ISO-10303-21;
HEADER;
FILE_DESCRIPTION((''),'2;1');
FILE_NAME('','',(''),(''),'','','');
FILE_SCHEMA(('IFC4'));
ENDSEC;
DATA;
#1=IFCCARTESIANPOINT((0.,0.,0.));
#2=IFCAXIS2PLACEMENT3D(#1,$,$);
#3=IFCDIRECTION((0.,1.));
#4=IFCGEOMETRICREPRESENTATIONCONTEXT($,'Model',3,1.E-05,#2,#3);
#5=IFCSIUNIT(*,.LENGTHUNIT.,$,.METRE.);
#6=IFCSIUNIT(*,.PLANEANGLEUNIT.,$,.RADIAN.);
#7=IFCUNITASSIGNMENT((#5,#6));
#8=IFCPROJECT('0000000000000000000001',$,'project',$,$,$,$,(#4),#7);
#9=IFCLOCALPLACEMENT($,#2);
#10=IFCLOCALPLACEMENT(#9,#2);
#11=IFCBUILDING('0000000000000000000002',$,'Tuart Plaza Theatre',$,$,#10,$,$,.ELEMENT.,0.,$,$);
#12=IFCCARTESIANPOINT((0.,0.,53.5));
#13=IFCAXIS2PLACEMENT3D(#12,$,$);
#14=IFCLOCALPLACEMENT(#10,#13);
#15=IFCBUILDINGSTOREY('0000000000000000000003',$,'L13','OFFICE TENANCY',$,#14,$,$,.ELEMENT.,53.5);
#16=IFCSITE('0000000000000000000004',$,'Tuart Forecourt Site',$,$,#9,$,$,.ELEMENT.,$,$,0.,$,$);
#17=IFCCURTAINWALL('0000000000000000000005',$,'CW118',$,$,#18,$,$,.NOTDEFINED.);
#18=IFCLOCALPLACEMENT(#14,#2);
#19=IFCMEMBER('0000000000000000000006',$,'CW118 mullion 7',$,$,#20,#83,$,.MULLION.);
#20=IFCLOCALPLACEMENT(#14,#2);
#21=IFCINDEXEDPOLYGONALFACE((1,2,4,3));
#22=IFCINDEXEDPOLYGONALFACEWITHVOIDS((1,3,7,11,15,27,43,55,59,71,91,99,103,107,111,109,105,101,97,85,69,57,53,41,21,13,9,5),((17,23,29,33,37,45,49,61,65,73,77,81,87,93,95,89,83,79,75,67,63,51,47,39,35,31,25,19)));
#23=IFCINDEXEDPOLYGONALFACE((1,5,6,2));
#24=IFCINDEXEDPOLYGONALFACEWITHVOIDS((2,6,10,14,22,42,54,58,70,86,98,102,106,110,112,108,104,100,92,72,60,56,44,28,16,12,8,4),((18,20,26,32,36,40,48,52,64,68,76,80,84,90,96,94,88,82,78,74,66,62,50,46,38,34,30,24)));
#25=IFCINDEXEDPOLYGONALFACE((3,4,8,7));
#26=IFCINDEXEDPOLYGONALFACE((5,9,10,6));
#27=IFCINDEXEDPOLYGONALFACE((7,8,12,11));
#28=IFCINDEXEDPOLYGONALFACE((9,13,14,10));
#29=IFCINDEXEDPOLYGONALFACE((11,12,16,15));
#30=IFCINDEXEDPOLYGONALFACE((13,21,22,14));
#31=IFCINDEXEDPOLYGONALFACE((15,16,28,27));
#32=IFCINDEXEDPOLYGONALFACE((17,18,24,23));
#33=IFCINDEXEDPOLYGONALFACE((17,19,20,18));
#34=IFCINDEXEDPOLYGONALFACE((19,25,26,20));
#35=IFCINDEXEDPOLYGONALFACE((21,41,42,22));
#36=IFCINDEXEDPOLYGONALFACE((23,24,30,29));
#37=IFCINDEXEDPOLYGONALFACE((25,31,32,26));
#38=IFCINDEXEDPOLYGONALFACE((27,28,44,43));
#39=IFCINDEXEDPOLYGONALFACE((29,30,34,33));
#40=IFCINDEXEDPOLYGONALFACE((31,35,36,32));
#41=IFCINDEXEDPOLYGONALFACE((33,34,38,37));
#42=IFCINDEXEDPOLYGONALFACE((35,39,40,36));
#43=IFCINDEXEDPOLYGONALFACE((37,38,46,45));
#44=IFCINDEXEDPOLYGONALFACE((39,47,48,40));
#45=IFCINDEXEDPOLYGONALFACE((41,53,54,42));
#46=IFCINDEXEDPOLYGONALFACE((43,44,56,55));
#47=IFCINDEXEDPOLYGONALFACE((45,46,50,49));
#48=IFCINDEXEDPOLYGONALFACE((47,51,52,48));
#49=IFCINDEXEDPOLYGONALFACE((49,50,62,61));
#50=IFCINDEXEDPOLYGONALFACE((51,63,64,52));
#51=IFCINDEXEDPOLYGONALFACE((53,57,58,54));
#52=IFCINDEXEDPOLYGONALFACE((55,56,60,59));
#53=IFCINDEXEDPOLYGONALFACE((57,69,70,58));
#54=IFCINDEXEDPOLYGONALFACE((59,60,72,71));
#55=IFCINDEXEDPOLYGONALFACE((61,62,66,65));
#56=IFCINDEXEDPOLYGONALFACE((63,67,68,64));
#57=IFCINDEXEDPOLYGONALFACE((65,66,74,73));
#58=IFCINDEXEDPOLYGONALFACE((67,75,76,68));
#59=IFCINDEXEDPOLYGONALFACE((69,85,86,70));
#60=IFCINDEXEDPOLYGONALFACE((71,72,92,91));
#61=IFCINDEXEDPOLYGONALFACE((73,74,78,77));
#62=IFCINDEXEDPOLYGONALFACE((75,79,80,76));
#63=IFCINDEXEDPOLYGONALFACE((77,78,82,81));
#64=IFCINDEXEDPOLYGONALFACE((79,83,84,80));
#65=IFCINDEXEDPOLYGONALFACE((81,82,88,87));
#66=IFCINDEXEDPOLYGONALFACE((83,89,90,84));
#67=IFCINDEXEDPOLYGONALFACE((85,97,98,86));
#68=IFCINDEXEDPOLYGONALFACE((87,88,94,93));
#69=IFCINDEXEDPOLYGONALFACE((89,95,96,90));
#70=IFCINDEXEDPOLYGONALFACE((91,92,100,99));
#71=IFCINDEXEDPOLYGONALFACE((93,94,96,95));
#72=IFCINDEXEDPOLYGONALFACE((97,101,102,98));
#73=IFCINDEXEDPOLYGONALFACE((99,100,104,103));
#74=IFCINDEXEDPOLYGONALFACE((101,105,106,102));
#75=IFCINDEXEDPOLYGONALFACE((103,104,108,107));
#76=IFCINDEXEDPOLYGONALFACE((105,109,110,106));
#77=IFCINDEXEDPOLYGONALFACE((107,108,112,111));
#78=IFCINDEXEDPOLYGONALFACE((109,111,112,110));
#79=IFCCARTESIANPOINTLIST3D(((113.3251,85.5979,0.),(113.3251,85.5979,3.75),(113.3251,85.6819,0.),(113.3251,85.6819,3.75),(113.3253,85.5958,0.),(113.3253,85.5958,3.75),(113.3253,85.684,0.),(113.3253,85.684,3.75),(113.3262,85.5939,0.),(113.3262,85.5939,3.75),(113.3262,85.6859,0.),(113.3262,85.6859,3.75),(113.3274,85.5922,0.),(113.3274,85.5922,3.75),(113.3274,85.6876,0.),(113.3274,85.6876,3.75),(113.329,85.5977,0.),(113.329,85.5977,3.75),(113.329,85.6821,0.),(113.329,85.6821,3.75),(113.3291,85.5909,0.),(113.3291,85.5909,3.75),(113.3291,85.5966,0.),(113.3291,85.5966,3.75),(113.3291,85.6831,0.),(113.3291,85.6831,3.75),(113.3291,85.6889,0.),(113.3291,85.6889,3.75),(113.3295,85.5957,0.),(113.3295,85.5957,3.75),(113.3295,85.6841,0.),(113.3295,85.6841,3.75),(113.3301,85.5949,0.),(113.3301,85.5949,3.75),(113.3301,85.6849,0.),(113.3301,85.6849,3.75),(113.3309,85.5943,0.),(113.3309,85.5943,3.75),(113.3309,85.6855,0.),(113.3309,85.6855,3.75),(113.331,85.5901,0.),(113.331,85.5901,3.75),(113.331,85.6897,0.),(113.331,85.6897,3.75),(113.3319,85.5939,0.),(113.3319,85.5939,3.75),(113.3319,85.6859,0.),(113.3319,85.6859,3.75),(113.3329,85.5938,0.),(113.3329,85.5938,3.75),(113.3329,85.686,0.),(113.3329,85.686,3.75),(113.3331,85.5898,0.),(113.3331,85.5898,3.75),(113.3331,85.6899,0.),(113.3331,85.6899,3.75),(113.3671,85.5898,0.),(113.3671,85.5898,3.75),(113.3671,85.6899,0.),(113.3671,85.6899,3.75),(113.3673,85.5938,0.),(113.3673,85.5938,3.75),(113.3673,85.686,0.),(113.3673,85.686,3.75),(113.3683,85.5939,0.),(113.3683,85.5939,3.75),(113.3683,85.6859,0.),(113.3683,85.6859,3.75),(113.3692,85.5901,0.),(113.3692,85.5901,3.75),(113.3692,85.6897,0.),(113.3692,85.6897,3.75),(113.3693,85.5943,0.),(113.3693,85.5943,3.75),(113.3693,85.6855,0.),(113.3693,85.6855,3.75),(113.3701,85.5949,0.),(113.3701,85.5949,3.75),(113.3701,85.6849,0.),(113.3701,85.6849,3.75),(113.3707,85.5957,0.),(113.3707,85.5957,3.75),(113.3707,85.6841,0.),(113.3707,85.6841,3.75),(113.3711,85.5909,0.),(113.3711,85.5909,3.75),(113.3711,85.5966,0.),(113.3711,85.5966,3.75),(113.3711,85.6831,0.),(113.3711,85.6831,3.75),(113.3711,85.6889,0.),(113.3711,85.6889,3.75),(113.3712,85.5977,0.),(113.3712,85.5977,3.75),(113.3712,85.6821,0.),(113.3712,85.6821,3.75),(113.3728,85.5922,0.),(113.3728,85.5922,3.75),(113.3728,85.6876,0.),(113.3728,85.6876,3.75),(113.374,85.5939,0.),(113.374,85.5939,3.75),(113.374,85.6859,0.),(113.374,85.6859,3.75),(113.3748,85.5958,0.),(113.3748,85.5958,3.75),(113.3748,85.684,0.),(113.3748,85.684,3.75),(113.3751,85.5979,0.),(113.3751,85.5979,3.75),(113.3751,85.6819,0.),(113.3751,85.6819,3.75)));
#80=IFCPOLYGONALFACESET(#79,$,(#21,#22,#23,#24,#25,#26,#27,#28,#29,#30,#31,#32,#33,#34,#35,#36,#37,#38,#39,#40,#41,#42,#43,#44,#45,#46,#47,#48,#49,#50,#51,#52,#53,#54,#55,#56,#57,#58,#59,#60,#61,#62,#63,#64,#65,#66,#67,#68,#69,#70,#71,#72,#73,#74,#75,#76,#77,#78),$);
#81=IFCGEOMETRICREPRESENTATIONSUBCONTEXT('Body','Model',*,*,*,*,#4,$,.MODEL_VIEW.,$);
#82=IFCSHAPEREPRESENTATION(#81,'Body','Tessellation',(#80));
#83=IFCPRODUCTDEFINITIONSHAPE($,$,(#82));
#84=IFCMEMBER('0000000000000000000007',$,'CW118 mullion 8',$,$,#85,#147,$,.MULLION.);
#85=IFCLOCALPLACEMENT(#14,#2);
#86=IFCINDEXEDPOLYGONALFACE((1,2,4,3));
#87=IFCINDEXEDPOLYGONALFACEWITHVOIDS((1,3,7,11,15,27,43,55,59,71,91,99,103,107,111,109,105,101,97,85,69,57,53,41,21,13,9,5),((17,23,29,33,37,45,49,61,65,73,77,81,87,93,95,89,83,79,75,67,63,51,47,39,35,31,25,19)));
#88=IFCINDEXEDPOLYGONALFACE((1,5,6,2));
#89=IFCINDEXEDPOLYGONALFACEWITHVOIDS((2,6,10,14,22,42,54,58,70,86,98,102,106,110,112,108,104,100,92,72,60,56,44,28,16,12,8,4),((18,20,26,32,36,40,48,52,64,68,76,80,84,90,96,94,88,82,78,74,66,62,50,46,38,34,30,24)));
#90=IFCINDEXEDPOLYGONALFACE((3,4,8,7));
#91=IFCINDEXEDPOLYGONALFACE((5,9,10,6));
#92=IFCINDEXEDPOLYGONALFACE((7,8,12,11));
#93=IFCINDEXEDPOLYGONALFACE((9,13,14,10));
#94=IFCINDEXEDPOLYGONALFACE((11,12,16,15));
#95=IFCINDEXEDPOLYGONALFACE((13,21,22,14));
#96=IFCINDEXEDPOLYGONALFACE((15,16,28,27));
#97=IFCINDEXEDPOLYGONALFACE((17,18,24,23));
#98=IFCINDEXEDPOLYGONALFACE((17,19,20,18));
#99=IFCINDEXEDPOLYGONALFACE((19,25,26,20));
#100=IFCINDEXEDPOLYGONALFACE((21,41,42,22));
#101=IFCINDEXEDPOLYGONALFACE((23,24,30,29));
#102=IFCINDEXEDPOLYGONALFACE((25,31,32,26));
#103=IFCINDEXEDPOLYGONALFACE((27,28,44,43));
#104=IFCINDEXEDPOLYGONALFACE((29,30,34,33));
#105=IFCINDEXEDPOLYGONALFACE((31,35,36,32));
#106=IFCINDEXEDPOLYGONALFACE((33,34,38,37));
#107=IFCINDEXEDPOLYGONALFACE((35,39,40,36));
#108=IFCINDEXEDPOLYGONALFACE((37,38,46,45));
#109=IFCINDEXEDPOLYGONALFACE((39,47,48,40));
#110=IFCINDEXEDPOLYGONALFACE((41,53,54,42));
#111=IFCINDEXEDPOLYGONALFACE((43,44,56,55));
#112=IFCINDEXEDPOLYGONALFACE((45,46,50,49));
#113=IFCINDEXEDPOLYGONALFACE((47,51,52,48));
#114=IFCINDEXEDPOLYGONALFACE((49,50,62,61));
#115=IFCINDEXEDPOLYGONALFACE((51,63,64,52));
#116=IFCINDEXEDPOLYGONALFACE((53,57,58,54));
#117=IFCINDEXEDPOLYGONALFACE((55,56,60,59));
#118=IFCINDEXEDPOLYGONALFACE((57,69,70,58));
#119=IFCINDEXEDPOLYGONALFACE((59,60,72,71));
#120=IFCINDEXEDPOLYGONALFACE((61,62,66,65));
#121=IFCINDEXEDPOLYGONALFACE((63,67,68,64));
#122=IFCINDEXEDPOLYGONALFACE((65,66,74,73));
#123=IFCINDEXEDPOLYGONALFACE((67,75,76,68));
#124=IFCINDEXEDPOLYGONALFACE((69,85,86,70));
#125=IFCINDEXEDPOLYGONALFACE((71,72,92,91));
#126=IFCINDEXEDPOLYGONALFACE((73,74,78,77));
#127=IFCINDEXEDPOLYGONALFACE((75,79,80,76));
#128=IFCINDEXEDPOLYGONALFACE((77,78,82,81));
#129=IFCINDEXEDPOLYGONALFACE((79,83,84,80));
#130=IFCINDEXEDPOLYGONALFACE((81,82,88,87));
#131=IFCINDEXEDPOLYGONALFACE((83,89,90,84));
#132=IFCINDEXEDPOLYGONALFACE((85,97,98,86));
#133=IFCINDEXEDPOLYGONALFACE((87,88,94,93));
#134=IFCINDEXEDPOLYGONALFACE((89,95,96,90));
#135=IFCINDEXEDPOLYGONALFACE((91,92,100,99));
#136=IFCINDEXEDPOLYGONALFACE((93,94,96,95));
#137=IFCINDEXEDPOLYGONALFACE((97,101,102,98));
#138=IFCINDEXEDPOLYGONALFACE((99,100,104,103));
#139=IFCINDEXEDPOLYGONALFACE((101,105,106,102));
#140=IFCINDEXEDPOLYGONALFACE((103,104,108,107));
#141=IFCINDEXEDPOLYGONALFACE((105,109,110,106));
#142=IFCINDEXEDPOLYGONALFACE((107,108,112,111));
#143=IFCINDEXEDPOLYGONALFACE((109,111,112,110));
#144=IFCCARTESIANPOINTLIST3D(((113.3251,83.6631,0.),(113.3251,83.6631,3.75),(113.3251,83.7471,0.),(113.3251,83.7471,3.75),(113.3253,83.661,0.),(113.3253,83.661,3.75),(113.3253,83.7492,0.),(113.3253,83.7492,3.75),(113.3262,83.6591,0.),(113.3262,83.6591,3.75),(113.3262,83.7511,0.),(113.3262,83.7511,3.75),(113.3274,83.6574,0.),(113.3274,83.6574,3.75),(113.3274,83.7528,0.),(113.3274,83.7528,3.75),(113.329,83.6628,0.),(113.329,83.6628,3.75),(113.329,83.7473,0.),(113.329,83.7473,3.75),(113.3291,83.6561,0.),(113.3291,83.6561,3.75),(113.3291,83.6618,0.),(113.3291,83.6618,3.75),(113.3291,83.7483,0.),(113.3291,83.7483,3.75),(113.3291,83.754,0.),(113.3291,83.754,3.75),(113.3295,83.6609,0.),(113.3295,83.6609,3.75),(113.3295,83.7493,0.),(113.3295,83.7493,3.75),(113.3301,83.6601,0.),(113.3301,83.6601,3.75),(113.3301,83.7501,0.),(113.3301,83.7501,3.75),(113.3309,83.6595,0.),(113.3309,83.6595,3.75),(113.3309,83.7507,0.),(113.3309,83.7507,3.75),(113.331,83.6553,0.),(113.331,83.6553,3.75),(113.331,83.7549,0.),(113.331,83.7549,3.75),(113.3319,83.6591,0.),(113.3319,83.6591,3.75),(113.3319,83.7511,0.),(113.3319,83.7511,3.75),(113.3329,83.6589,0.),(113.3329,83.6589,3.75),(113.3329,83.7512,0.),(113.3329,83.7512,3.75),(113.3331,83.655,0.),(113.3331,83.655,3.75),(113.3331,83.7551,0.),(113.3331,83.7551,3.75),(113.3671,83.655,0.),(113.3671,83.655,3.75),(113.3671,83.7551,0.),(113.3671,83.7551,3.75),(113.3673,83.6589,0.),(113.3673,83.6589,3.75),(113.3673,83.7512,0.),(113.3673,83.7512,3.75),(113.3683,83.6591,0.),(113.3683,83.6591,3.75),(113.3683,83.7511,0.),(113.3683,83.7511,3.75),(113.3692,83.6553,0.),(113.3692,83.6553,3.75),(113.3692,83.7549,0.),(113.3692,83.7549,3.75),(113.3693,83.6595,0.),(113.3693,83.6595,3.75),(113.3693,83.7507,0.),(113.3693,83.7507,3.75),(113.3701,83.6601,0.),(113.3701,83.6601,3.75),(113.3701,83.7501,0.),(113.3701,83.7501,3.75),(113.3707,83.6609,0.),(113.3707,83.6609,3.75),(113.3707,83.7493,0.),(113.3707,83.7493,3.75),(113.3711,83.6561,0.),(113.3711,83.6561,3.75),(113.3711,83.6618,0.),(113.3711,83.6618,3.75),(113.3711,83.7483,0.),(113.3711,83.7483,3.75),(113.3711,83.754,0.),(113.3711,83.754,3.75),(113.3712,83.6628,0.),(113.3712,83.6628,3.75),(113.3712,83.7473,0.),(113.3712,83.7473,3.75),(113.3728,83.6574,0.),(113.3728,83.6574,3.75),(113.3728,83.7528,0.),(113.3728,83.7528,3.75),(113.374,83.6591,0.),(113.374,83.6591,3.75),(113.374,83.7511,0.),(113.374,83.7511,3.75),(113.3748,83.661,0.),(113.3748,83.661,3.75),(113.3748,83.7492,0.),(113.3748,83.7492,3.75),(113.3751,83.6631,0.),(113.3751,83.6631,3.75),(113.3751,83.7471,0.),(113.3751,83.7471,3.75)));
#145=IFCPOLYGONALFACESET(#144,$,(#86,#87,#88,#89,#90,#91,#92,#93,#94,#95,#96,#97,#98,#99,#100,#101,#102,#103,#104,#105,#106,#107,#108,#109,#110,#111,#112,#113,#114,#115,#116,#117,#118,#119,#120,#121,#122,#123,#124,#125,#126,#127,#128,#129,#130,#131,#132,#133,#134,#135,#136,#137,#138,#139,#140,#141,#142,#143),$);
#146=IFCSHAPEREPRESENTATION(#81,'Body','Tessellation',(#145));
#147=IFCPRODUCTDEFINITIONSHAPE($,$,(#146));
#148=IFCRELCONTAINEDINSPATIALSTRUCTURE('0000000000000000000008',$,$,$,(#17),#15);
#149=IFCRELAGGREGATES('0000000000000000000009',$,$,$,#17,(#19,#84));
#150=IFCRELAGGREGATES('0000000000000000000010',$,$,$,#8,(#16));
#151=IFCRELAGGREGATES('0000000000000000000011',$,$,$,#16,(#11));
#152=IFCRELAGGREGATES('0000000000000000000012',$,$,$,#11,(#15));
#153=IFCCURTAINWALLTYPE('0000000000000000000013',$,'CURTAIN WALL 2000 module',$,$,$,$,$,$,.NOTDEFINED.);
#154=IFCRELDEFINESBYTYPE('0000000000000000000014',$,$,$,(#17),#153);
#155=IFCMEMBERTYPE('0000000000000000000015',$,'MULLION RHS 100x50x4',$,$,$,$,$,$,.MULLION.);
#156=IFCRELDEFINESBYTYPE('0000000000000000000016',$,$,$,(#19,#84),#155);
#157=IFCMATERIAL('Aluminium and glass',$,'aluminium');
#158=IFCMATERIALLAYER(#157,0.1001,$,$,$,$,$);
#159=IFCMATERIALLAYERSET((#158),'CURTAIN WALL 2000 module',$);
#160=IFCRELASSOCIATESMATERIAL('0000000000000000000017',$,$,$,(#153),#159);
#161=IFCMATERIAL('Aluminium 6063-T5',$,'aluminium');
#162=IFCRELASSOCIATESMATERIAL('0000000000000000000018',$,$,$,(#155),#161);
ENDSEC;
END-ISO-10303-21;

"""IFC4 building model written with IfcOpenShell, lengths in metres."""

from ifc_helpers import new_model, si_unit, direction, frame, origin, origin_2d, place, context, subcontext, project, spatial, hollow_rectangle, extrude, material, layer, layer_set, material_profile, profile_set, type_object, element, aggregate, save


model = new_model("IFC4")

# Units and contexts
model_context = context("Model", 3, precision=1e-05, world=origin(), true_north=direction((0.0, 1.0)))
body_context = subcontext(model_context, "Body", "Model", "MODEL_VIEW")
ifc_project = project(units=[si_unit("LENGTHUNIT", "METRE"), si_unit("PLANEANGLEUNIT", "RADIAN")], contexts=[model_context])

# Site, building, storey
site_placement = place(None, origin())
site = spatial("IfcSite", under=ifc_project, at=site_placement, Name="Tuart Forecourt Site", CompositionType="ELEMENT", RefElevation=0.0)
building_placement = place(site_placement, origin())
building = spatial("IfcBuilding", under=site, at=building_placement, Name="Tuart Plaza Theatre", CompositionType="ELEMENT", ElevationOfRefHeight=0.0)
storey_placement = place(building_placement, frame((0.0, 0.0, 53.5)))
storey = spatial("IfcBuildingStorey", under=building, at=storey_placement, Name="L13", Description="OFFICE TENANCY", CompositionType="ELEMENT", Elevation=53.5)

# Curtain wall, members
ifc_material_1 = material(Name="Aluminium and glass", Category="aluminium")
ifc_layer_1 = layer(ifc_material_1, 0.1001)
ifc_layer_set_1 = layer_set([ifc_layer_1], Name="CURTAIN WALL 2000 module")
curtain_wall_type = type_object("IfcCurtainWallType", Name="CURTAIN WALL 2000 module", PredefinedType="NOTDEFINED", material=ifc_layer_set_1)
curtain_wall_placement = place(storey_placement, origin())
curtain_wall = element("IfcCurtainWall", 1, at=curtain_wall_placement, inside=storey, type_object=curtain_wall_type, Name="CW118", PredefinedType="NOTDEFINED")
ifc_material_2 = material(Name="Aluminium 6063-T5", Category="aluminium")
ifc_material_profile_1 = material_profile(ifc_material_2, hollow_rectangle(XDim=0.05, YDim=0.1001, WallThickness=0.0039, InnerFilletRadius=0.0039, OuterFilletRadius=0.0081, at=origin_2d()), Name="RHS 100x50x4")
ifc_profile_set_1 = profile_set([ifc_material_profile_1], Name="Aluminium 6063-T5")
member_type_1 = type_object("IfcMemberType", Name="MULLION RHS 100x50x4", PredefinedType="MULLION", material=ifc_profile_set_1)
member_1_placement = place(storey_placement, frame((113.3501, 85.6399, 0.0), z_axis=(0.0, 0.0, 1.0), x_axis=(1.0, 0.0, 0.0)))
member_1 = element("IfcMember", 2, at=member_1_placement, type_object=member_type_1, Name="CW118 mullion 7", PredefinedType="MULLION", context=body_context, shape_type="SweptSolid", body=[
    extrude(hollow_rectangle(XDim=0.05, YDim=0.1001, WallThickness=0.0039, InnerFilletRadius=0.0039, OuterFilletRadius=0.0081, at=origin_2d()), origin(), (0.0, 0.0, 1.0), 3.75),
])
member_2_placement = place(storey_placement, frame((113.3501, 83.7051, 0.0), z_axis=(0.0, 0.0, 1.0), x_axis=(1.0, 0.0, 0.0)))
member_2 = element("IfcMember", 3, at=member_2_placement, type_object=member_type_1, Name="CW118 mullion 8", PredefinedType="MULLION", context=body_context, shape_type="SweptSolid", body=[
    extrude(hollow_rectangle(XDim=0.05, YDim=0.1001, WallThickness=0.0039, InnerFilletRadius=0.0039, OuterFilletRadius=0.0081, at=origin_2d()), origin(), (0.0, 0.0, 1.0), 3.75),
])
aggregate(curtain_wall, [member_1, member_2])

save(model, "model.ifc")
